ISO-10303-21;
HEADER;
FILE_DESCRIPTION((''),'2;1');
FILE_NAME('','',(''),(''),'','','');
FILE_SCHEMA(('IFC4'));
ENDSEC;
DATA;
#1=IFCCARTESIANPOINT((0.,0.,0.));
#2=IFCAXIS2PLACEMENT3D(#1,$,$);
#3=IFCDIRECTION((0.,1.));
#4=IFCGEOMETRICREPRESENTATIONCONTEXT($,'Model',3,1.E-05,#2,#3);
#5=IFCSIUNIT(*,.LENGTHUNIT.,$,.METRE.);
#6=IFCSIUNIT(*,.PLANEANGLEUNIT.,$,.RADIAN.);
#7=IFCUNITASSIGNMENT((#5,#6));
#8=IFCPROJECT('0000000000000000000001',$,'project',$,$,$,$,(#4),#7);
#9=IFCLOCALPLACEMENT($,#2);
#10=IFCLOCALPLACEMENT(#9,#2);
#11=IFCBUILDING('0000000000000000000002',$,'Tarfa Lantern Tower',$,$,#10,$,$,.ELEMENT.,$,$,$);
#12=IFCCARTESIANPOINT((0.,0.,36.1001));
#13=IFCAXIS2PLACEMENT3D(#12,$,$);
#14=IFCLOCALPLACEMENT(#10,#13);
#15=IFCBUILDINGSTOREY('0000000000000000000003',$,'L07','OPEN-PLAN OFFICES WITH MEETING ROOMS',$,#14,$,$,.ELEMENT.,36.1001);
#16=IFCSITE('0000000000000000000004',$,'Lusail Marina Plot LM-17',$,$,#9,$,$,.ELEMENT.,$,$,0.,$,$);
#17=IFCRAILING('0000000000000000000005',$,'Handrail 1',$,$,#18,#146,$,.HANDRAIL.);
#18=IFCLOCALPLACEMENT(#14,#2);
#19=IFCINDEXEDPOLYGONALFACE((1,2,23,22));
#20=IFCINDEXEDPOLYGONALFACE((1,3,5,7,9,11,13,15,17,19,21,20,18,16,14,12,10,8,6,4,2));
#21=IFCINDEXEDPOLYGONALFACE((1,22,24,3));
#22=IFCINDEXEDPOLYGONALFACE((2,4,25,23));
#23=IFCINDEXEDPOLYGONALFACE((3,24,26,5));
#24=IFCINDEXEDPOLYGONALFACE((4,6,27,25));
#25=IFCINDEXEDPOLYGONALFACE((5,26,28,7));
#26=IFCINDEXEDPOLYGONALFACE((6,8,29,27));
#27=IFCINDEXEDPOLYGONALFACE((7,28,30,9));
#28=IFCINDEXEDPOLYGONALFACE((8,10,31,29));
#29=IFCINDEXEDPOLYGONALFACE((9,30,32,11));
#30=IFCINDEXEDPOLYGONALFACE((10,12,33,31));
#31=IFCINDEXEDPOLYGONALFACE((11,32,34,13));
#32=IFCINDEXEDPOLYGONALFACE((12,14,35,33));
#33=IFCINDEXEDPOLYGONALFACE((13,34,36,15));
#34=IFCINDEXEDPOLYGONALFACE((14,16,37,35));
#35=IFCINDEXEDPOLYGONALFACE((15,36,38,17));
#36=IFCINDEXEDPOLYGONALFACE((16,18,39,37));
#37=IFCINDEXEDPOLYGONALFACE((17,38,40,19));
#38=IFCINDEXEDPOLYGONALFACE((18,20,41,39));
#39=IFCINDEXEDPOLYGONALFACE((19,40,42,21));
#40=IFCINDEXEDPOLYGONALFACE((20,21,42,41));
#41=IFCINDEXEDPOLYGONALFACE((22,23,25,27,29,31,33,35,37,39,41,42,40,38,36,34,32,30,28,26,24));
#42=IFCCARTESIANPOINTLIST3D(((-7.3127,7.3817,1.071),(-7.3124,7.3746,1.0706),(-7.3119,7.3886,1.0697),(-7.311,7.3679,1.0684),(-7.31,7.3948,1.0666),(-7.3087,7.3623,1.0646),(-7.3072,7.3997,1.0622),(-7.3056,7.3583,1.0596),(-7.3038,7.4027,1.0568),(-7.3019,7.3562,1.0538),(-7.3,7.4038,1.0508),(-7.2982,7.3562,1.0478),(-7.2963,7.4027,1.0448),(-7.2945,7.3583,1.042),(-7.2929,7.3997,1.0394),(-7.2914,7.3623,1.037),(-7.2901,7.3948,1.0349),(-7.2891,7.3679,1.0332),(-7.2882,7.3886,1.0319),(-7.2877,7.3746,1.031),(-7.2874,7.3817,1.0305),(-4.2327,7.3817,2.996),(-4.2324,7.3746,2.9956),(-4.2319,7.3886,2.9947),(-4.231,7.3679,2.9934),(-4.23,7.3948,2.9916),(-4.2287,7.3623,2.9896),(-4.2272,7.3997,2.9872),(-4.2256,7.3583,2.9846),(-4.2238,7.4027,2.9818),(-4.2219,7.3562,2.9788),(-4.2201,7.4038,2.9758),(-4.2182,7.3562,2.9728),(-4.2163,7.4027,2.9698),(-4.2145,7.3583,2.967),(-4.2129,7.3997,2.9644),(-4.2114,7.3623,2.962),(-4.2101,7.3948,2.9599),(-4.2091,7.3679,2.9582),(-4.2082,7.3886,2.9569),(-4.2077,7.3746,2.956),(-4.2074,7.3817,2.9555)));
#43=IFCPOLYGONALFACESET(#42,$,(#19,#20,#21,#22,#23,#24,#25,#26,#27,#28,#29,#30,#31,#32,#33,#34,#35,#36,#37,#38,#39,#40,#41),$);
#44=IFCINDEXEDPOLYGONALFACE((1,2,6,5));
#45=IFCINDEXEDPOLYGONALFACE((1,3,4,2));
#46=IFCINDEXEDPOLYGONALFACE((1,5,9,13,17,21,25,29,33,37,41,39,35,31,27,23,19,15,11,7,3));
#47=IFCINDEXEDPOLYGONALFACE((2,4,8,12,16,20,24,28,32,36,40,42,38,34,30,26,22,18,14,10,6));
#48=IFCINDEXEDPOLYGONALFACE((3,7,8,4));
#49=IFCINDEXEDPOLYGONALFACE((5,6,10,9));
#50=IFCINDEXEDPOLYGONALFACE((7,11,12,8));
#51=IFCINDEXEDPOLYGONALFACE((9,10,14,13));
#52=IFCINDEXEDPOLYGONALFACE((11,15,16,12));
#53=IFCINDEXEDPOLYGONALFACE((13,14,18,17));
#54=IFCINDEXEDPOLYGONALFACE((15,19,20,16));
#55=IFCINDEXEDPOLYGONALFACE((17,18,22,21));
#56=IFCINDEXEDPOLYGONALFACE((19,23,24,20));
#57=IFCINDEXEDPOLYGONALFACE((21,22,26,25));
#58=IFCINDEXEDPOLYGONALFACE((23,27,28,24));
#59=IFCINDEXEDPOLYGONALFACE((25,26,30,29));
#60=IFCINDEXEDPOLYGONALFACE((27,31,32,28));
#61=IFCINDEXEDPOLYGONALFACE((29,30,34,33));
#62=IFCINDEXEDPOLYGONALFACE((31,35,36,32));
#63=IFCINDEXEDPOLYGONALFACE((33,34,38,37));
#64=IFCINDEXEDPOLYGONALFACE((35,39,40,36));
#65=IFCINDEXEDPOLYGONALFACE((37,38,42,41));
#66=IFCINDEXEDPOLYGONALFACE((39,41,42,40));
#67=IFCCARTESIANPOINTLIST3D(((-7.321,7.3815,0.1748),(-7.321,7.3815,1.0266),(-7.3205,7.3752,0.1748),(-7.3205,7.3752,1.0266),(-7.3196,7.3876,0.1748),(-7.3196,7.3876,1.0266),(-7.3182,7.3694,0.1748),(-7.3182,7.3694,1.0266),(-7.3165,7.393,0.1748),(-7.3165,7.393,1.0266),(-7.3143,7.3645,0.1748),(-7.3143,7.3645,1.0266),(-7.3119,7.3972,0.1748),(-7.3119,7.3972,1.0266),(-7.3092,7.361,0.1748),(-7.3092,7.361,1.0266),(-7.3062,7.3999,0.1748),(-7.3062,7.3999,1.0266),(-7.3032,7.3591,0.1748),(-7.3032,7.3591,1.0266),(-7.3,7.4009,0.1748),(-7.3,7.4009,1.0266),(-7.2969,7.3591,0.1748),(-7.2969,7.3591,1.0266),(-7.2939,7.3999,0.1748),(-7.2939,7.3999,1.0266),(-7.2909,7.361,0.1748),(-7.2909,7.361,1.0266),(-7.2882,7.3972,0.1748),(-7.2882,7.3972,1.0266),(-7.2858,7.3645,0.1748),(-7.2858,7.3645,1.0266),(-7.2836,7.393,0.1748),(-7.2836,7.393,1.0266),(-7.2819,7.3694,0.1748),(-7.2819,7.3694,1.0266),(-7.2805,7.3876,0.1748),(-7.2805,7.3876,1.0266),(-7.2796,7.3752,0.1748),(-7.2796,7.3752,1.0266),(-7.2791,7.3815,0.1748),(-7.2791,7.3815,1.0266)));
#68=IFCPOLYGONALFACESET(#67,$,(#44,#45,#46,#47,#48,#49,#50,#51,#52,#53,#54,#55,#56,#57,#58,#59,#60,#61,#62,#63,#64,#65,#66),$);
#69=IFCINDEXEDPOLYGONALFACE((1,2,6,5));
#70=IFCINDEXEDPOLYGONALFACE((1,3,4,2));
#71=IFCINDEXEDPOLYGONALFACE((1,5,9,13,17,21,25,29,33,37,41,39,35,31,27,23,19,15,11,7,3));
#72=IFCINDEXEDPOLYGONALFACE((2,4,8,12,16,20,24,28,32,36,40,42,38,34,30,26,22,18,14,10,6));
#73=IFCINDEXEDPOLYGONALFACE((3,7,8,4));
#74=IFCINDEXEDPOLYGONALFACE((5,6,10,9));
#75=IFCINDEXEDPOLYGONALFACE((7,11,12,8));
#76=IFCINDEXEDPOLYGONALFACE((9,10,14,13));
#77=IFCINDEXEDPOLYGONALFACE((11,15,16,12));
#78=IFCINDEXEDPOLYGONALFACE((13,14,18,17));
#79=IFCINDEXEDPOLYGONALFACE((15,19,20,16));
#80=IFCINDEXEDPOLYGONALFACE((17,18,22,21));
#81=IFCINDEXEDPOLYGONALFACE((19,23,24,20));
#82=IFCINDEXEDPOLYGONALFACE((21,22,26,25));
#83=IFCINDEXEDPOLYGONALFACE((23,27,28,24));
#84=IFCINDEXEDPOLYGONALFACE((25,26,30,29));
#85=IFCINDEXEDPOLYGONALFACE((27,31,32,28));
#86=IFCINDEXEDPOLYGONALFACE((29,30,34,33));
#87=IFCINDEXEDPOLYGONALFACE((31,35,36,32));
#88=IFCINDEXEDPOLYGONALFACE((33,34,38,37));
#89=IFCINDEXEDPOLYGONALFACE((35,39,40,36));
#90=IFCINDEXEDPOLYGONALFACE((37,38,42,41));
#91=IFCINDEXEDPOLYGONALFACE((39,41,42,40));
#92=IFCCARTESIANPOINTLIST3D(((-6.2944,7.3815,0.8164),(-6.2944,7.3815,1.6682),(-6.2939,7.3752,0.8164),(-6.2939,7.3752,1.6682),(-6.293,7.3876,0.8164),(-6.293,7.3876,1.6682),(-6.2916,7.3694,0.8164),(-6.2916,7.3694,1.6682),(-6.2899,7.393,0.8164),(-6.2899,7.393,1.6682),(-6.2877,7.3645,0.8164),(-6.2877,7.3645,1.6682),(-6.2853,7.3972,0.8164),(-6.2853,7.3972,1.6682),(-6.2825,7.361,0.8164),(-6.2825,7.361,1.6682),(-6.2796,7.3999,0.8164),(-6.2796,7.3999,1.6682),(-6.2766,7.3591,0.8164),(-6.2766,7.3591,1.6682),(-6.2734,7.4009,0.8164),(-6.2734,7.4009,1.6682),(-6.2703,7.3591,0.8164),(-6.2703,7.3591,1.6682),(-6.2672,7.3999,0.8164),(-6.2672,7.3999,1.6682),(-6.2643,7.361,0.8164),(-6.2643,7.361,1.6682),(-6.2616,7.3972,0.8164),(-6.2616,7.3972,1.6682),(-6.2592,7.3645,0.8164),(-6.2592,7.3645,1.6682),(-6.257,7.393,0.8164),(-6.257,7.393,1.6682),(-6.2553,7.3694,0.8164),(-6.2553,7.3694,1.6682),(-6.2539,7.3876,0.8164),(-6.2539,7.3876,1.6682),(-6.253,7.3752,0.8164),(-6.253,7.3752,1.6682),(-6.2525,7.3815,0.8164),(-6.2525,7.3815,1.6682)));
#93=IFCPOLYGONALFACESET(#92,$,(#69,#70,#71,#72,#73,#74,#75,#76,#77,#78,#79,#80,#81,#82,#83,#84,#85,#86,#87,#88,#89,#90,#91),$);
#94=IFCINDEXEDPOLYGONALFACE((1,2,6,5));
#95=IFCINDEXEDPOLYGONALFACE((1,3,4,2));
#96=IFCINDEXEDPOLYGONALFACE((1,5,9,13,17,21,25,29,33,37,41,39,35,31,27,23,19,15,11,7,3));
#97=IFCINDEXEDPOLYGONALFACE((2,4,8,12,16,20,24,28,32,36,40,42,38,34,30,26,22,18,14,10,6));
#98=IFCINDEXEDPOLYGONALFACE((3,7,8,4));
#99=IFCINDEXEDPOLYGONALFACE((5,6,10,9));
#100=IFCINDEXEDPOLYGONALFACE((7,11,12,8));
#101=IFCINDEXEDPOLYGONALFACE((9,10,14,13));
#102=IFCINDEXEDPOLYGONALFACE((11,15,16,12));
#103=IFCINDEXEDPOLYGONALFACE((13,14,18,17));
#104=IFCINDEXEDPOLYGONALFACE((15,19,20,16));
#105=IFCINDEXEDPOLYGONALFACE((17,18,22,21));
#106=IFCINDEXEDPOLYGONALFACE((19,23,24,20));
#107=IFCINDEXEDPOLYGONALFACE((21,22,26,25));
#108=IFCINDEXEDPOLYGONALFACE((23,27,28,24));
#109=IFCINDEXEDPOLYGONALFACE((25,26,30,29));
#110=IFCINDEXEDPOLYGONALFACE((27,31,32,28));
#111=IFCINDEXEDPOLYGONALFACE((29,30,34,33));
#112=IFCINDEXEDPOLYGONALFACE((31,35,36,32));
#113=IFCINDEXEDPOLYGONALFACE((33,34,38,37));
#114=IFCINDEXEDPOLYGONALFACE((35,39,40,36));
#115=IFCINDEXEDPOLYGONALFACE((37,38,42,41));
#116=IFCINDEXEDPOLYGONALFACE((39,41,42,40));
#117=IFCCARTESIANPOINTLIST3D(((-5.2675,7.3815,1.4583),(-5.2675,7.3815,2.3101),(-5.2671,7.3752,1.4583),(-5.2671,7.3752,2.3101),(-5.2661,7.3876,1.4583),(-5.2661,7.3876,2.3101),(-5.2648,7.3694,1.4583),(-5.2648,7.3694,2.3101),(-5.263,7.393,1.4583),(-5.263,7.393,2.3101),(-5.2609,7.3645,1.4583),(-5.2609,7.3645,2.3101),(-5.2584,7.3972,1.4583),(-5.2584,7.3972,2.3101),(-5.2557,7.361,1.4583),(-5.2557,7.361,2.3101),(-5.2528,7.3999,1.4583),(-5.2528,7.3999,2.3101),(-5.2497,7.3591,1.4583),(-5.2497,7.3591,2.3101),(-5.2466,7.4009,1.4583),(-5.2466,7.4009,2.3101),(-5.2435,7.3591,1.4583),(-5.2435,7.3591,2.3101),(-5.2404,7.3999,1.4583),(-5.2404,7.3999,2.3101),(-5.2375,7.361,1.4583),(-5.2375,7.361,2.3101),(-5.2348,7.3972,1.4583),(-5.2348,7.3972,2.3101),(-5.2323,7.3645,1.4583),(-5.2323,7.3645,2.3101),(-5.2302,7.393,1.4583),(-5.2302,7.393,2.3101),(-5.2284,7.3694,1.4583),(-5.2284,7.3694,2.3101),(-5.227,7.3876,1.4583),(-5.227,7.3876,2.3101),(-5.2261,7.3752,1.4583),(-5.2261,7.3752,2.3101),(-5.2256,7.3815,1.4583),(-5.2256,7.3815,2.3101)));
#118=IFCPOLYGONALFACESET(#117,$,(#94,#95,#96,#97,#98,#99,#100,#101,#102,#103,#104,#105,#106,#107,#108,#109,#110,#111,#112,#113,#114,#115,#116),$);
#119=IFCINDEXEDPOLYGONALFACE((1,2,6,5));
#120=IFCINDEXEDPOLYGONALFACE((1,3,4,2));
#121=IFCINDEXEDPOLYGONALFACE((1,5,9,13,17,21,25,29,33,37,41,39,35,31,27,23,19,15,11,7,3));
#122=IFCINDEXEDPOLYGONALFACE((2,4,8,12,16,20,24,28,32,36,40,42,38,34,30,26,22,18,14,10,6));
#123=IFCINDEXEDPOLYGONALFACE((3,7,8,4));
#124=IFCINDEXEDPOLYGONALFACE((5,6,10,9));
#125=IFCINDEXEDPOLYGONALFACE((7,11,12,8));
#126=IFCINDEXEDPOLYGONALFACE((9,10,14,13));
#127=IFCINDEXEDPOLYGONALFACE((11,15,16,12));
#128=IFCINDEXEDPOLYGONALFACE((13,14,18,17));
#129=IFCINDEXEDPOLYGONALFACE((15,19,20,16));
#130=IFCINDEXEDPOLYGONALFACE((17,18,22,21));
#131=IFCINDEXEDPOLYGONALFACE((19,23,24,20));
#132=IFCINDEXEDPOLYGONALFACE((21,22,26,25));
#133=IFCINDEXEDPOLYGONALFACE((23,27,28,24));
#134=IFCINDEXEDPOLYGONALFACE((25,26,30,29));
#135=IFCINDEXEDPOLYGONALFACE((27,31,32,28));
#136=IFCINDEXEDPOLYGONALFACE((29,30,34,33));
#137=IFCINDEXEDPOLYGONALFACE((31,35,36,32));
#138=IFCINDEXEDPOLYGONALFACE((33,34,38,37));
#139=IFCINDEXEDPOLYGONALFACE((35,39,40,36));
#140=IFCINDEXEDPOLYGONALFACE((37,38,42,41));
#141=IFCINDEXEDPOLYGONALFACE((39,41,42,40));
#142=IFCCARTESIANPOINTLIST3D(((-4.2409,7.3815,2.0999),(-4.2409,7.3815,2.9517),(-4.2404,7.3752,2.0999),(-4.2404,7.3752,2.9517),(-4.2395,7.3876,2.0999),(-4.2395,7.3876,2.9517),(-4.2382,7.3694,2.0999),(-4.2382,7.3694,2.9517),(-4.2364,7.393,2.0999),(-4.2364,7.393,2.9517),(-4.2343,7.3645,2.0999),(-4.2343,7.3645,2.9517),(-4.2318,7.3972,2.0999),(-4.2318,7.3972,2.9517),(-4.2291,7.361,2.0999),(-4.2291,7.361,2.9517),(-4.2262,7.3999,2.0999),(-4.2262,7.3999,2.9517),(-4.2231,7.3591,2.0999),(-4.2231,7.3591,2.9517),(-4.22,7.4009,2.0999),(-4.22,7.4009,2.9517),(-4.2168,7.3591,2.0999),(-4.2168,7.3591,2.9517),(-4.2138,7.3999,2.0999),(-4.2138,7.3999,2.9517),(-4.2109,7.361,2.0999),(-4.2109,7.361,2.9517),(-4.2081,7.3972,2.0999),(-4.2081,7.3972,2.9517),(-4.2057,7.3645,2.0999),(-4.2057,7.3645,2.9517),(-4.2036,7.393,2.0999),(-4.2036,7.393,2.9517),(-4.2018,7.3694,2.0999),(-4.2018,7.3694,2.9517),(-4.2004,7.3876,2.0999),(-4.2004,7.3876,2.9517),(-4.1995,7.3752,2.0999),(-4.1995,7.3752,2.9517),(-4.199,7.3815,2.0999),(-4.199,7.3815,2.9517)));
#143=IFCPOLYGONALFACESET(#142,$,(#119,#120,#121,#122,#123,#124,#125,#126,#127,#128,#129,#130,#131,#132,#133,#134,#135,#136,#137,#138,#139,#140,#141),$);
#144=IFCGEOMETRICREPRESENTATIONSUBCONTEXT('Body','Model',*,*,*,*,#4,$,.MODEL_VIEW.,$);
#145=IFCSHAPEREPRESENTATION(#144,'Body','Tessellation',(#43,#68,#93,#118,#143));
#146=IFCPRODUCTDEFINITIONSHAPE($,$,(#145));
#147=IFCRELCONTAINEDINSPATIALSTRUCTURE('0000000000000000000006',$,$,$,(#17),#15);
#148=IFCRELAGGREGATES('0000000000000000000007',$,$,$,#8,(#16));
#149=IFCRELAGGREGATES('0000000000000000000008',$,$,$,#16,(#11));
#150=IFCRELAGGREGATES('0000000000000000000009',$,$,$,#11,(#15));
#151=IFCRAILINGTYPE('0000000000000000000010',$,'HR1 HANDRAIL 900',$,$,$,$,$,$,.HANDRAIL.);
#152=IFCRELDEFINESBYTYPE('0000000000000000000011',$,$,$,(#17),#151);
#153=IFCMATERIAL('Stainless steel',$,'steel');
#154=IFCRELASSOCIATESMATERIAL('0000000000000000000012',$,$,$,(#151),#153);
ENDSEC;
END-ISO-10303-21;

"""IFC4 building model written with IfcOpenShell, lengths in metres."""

from ifc_helpers import new_model, si_unit, direction, frame, origin, origin_2d, place, context, subcontext, project, spatial, circle, extrude, material, type_object, element, save


model = new_model("IFC4")

# Units and contexts
model_context = context("Model", 3, precision=1e-05, world=origin(), true_north=direction((0.0, 1.0)))
body_context = subcontext(model_context, "Body", "Model", "MODEL_VIEW")
ifc_project = project(units=[si_unit("LENGTHUNIT", "METRE"), si_unit("PLANEANGLEUNIT", "RADIAN")], contexts=[model_context])

# Site, building, storey
site_placement = place(None, origin())
site = spatial("IfcSite", under=ifc_project, at=site_placement, Name="Lusail Marina Plot LM-17", CompositionType="ELEMENT", RefElevation=0.0)
building_placement = place(site_placement, origin())
building = spatial("IfcBuilding", under=site, at=building_placement, Name="Tarfa Lantern Tower", CompositionType="ELEMENT")
storey_placement = place(building_placement, frame((0.0, 0.0, 36.1001)))
storey = spatial("IfcBuildingStorey", under=building, at=storey_placement, Name="L07", Description="OPEN-PLAN OFFICES WITH MEETING ROOMS", CompositionType="ELEMENT", Elevation=36.1001)

# Railing
ifc_material_1 = material(Name="Stainless steel", Category="steel")
railing_type = type_object("IfcRailingType", Name="HR1 HANDRAIL 900", PredefinedType="HANDRAIL", material=ifc_material_1)
railing_1_placement = place(storey_placement, frame((-7.3, 7.3799, 0.1748)))
element("IfcRailing", 1, at=railing_1_placement, inside=storey, type_object=railing_type, Name="Handrail 1", PredefinedType="HANDRAIL", context=body_context, shape_type="SweptSolid", body=[
    extrude(circle(Radius=0.0239, at=origin_2d()), frame((0.0, 0.0, 0.876), z_axis=(0.847998, 0.0, 0.529999), x_axis=(0.0, 1.0, 0.0)), (0.0, 0.0, 1.0), 3.6321),
    extrude(circle(Radius=0.021, at=origin_2d()), frame((0.0, 0.0, 0.0), z_axis=(0.0, 0.0, 1.0), x_axis=(0.0, 1.0, 0.0)), (0.0, 0.0, 1.0), 0.8518),
    extrude(circle(Radius=0.021, at=origin_2d()), frame((1.0266, 0.0, 0.6416), z_axis=(0.0, 0.0, 1.0), x_axis=(0.0, 1.0, 0.0)), (0.0, 0.0, 1.0), 0.8518),
    extrude(circle(Radius=0.021, at=origin_2d()), frame((2.0535, 0.0, 1.2834), z_axis=(0.0, 0.0, 1.0), x_axis=(0.0, 1.0, 0.0)), (0.0, 0.0, 1.0), 0.8518),
    extrude(circle(Radius=0.021, at=origin_2d()), frame((3.0801, 0.0, 1.925), z_axis=(0.0, 0.0, 1.0), x_axis=(0.0, 1.0, 0.0)), (0.0, 0.0, 1.0), 0.8518),
])

save(model, "model.ifc")
